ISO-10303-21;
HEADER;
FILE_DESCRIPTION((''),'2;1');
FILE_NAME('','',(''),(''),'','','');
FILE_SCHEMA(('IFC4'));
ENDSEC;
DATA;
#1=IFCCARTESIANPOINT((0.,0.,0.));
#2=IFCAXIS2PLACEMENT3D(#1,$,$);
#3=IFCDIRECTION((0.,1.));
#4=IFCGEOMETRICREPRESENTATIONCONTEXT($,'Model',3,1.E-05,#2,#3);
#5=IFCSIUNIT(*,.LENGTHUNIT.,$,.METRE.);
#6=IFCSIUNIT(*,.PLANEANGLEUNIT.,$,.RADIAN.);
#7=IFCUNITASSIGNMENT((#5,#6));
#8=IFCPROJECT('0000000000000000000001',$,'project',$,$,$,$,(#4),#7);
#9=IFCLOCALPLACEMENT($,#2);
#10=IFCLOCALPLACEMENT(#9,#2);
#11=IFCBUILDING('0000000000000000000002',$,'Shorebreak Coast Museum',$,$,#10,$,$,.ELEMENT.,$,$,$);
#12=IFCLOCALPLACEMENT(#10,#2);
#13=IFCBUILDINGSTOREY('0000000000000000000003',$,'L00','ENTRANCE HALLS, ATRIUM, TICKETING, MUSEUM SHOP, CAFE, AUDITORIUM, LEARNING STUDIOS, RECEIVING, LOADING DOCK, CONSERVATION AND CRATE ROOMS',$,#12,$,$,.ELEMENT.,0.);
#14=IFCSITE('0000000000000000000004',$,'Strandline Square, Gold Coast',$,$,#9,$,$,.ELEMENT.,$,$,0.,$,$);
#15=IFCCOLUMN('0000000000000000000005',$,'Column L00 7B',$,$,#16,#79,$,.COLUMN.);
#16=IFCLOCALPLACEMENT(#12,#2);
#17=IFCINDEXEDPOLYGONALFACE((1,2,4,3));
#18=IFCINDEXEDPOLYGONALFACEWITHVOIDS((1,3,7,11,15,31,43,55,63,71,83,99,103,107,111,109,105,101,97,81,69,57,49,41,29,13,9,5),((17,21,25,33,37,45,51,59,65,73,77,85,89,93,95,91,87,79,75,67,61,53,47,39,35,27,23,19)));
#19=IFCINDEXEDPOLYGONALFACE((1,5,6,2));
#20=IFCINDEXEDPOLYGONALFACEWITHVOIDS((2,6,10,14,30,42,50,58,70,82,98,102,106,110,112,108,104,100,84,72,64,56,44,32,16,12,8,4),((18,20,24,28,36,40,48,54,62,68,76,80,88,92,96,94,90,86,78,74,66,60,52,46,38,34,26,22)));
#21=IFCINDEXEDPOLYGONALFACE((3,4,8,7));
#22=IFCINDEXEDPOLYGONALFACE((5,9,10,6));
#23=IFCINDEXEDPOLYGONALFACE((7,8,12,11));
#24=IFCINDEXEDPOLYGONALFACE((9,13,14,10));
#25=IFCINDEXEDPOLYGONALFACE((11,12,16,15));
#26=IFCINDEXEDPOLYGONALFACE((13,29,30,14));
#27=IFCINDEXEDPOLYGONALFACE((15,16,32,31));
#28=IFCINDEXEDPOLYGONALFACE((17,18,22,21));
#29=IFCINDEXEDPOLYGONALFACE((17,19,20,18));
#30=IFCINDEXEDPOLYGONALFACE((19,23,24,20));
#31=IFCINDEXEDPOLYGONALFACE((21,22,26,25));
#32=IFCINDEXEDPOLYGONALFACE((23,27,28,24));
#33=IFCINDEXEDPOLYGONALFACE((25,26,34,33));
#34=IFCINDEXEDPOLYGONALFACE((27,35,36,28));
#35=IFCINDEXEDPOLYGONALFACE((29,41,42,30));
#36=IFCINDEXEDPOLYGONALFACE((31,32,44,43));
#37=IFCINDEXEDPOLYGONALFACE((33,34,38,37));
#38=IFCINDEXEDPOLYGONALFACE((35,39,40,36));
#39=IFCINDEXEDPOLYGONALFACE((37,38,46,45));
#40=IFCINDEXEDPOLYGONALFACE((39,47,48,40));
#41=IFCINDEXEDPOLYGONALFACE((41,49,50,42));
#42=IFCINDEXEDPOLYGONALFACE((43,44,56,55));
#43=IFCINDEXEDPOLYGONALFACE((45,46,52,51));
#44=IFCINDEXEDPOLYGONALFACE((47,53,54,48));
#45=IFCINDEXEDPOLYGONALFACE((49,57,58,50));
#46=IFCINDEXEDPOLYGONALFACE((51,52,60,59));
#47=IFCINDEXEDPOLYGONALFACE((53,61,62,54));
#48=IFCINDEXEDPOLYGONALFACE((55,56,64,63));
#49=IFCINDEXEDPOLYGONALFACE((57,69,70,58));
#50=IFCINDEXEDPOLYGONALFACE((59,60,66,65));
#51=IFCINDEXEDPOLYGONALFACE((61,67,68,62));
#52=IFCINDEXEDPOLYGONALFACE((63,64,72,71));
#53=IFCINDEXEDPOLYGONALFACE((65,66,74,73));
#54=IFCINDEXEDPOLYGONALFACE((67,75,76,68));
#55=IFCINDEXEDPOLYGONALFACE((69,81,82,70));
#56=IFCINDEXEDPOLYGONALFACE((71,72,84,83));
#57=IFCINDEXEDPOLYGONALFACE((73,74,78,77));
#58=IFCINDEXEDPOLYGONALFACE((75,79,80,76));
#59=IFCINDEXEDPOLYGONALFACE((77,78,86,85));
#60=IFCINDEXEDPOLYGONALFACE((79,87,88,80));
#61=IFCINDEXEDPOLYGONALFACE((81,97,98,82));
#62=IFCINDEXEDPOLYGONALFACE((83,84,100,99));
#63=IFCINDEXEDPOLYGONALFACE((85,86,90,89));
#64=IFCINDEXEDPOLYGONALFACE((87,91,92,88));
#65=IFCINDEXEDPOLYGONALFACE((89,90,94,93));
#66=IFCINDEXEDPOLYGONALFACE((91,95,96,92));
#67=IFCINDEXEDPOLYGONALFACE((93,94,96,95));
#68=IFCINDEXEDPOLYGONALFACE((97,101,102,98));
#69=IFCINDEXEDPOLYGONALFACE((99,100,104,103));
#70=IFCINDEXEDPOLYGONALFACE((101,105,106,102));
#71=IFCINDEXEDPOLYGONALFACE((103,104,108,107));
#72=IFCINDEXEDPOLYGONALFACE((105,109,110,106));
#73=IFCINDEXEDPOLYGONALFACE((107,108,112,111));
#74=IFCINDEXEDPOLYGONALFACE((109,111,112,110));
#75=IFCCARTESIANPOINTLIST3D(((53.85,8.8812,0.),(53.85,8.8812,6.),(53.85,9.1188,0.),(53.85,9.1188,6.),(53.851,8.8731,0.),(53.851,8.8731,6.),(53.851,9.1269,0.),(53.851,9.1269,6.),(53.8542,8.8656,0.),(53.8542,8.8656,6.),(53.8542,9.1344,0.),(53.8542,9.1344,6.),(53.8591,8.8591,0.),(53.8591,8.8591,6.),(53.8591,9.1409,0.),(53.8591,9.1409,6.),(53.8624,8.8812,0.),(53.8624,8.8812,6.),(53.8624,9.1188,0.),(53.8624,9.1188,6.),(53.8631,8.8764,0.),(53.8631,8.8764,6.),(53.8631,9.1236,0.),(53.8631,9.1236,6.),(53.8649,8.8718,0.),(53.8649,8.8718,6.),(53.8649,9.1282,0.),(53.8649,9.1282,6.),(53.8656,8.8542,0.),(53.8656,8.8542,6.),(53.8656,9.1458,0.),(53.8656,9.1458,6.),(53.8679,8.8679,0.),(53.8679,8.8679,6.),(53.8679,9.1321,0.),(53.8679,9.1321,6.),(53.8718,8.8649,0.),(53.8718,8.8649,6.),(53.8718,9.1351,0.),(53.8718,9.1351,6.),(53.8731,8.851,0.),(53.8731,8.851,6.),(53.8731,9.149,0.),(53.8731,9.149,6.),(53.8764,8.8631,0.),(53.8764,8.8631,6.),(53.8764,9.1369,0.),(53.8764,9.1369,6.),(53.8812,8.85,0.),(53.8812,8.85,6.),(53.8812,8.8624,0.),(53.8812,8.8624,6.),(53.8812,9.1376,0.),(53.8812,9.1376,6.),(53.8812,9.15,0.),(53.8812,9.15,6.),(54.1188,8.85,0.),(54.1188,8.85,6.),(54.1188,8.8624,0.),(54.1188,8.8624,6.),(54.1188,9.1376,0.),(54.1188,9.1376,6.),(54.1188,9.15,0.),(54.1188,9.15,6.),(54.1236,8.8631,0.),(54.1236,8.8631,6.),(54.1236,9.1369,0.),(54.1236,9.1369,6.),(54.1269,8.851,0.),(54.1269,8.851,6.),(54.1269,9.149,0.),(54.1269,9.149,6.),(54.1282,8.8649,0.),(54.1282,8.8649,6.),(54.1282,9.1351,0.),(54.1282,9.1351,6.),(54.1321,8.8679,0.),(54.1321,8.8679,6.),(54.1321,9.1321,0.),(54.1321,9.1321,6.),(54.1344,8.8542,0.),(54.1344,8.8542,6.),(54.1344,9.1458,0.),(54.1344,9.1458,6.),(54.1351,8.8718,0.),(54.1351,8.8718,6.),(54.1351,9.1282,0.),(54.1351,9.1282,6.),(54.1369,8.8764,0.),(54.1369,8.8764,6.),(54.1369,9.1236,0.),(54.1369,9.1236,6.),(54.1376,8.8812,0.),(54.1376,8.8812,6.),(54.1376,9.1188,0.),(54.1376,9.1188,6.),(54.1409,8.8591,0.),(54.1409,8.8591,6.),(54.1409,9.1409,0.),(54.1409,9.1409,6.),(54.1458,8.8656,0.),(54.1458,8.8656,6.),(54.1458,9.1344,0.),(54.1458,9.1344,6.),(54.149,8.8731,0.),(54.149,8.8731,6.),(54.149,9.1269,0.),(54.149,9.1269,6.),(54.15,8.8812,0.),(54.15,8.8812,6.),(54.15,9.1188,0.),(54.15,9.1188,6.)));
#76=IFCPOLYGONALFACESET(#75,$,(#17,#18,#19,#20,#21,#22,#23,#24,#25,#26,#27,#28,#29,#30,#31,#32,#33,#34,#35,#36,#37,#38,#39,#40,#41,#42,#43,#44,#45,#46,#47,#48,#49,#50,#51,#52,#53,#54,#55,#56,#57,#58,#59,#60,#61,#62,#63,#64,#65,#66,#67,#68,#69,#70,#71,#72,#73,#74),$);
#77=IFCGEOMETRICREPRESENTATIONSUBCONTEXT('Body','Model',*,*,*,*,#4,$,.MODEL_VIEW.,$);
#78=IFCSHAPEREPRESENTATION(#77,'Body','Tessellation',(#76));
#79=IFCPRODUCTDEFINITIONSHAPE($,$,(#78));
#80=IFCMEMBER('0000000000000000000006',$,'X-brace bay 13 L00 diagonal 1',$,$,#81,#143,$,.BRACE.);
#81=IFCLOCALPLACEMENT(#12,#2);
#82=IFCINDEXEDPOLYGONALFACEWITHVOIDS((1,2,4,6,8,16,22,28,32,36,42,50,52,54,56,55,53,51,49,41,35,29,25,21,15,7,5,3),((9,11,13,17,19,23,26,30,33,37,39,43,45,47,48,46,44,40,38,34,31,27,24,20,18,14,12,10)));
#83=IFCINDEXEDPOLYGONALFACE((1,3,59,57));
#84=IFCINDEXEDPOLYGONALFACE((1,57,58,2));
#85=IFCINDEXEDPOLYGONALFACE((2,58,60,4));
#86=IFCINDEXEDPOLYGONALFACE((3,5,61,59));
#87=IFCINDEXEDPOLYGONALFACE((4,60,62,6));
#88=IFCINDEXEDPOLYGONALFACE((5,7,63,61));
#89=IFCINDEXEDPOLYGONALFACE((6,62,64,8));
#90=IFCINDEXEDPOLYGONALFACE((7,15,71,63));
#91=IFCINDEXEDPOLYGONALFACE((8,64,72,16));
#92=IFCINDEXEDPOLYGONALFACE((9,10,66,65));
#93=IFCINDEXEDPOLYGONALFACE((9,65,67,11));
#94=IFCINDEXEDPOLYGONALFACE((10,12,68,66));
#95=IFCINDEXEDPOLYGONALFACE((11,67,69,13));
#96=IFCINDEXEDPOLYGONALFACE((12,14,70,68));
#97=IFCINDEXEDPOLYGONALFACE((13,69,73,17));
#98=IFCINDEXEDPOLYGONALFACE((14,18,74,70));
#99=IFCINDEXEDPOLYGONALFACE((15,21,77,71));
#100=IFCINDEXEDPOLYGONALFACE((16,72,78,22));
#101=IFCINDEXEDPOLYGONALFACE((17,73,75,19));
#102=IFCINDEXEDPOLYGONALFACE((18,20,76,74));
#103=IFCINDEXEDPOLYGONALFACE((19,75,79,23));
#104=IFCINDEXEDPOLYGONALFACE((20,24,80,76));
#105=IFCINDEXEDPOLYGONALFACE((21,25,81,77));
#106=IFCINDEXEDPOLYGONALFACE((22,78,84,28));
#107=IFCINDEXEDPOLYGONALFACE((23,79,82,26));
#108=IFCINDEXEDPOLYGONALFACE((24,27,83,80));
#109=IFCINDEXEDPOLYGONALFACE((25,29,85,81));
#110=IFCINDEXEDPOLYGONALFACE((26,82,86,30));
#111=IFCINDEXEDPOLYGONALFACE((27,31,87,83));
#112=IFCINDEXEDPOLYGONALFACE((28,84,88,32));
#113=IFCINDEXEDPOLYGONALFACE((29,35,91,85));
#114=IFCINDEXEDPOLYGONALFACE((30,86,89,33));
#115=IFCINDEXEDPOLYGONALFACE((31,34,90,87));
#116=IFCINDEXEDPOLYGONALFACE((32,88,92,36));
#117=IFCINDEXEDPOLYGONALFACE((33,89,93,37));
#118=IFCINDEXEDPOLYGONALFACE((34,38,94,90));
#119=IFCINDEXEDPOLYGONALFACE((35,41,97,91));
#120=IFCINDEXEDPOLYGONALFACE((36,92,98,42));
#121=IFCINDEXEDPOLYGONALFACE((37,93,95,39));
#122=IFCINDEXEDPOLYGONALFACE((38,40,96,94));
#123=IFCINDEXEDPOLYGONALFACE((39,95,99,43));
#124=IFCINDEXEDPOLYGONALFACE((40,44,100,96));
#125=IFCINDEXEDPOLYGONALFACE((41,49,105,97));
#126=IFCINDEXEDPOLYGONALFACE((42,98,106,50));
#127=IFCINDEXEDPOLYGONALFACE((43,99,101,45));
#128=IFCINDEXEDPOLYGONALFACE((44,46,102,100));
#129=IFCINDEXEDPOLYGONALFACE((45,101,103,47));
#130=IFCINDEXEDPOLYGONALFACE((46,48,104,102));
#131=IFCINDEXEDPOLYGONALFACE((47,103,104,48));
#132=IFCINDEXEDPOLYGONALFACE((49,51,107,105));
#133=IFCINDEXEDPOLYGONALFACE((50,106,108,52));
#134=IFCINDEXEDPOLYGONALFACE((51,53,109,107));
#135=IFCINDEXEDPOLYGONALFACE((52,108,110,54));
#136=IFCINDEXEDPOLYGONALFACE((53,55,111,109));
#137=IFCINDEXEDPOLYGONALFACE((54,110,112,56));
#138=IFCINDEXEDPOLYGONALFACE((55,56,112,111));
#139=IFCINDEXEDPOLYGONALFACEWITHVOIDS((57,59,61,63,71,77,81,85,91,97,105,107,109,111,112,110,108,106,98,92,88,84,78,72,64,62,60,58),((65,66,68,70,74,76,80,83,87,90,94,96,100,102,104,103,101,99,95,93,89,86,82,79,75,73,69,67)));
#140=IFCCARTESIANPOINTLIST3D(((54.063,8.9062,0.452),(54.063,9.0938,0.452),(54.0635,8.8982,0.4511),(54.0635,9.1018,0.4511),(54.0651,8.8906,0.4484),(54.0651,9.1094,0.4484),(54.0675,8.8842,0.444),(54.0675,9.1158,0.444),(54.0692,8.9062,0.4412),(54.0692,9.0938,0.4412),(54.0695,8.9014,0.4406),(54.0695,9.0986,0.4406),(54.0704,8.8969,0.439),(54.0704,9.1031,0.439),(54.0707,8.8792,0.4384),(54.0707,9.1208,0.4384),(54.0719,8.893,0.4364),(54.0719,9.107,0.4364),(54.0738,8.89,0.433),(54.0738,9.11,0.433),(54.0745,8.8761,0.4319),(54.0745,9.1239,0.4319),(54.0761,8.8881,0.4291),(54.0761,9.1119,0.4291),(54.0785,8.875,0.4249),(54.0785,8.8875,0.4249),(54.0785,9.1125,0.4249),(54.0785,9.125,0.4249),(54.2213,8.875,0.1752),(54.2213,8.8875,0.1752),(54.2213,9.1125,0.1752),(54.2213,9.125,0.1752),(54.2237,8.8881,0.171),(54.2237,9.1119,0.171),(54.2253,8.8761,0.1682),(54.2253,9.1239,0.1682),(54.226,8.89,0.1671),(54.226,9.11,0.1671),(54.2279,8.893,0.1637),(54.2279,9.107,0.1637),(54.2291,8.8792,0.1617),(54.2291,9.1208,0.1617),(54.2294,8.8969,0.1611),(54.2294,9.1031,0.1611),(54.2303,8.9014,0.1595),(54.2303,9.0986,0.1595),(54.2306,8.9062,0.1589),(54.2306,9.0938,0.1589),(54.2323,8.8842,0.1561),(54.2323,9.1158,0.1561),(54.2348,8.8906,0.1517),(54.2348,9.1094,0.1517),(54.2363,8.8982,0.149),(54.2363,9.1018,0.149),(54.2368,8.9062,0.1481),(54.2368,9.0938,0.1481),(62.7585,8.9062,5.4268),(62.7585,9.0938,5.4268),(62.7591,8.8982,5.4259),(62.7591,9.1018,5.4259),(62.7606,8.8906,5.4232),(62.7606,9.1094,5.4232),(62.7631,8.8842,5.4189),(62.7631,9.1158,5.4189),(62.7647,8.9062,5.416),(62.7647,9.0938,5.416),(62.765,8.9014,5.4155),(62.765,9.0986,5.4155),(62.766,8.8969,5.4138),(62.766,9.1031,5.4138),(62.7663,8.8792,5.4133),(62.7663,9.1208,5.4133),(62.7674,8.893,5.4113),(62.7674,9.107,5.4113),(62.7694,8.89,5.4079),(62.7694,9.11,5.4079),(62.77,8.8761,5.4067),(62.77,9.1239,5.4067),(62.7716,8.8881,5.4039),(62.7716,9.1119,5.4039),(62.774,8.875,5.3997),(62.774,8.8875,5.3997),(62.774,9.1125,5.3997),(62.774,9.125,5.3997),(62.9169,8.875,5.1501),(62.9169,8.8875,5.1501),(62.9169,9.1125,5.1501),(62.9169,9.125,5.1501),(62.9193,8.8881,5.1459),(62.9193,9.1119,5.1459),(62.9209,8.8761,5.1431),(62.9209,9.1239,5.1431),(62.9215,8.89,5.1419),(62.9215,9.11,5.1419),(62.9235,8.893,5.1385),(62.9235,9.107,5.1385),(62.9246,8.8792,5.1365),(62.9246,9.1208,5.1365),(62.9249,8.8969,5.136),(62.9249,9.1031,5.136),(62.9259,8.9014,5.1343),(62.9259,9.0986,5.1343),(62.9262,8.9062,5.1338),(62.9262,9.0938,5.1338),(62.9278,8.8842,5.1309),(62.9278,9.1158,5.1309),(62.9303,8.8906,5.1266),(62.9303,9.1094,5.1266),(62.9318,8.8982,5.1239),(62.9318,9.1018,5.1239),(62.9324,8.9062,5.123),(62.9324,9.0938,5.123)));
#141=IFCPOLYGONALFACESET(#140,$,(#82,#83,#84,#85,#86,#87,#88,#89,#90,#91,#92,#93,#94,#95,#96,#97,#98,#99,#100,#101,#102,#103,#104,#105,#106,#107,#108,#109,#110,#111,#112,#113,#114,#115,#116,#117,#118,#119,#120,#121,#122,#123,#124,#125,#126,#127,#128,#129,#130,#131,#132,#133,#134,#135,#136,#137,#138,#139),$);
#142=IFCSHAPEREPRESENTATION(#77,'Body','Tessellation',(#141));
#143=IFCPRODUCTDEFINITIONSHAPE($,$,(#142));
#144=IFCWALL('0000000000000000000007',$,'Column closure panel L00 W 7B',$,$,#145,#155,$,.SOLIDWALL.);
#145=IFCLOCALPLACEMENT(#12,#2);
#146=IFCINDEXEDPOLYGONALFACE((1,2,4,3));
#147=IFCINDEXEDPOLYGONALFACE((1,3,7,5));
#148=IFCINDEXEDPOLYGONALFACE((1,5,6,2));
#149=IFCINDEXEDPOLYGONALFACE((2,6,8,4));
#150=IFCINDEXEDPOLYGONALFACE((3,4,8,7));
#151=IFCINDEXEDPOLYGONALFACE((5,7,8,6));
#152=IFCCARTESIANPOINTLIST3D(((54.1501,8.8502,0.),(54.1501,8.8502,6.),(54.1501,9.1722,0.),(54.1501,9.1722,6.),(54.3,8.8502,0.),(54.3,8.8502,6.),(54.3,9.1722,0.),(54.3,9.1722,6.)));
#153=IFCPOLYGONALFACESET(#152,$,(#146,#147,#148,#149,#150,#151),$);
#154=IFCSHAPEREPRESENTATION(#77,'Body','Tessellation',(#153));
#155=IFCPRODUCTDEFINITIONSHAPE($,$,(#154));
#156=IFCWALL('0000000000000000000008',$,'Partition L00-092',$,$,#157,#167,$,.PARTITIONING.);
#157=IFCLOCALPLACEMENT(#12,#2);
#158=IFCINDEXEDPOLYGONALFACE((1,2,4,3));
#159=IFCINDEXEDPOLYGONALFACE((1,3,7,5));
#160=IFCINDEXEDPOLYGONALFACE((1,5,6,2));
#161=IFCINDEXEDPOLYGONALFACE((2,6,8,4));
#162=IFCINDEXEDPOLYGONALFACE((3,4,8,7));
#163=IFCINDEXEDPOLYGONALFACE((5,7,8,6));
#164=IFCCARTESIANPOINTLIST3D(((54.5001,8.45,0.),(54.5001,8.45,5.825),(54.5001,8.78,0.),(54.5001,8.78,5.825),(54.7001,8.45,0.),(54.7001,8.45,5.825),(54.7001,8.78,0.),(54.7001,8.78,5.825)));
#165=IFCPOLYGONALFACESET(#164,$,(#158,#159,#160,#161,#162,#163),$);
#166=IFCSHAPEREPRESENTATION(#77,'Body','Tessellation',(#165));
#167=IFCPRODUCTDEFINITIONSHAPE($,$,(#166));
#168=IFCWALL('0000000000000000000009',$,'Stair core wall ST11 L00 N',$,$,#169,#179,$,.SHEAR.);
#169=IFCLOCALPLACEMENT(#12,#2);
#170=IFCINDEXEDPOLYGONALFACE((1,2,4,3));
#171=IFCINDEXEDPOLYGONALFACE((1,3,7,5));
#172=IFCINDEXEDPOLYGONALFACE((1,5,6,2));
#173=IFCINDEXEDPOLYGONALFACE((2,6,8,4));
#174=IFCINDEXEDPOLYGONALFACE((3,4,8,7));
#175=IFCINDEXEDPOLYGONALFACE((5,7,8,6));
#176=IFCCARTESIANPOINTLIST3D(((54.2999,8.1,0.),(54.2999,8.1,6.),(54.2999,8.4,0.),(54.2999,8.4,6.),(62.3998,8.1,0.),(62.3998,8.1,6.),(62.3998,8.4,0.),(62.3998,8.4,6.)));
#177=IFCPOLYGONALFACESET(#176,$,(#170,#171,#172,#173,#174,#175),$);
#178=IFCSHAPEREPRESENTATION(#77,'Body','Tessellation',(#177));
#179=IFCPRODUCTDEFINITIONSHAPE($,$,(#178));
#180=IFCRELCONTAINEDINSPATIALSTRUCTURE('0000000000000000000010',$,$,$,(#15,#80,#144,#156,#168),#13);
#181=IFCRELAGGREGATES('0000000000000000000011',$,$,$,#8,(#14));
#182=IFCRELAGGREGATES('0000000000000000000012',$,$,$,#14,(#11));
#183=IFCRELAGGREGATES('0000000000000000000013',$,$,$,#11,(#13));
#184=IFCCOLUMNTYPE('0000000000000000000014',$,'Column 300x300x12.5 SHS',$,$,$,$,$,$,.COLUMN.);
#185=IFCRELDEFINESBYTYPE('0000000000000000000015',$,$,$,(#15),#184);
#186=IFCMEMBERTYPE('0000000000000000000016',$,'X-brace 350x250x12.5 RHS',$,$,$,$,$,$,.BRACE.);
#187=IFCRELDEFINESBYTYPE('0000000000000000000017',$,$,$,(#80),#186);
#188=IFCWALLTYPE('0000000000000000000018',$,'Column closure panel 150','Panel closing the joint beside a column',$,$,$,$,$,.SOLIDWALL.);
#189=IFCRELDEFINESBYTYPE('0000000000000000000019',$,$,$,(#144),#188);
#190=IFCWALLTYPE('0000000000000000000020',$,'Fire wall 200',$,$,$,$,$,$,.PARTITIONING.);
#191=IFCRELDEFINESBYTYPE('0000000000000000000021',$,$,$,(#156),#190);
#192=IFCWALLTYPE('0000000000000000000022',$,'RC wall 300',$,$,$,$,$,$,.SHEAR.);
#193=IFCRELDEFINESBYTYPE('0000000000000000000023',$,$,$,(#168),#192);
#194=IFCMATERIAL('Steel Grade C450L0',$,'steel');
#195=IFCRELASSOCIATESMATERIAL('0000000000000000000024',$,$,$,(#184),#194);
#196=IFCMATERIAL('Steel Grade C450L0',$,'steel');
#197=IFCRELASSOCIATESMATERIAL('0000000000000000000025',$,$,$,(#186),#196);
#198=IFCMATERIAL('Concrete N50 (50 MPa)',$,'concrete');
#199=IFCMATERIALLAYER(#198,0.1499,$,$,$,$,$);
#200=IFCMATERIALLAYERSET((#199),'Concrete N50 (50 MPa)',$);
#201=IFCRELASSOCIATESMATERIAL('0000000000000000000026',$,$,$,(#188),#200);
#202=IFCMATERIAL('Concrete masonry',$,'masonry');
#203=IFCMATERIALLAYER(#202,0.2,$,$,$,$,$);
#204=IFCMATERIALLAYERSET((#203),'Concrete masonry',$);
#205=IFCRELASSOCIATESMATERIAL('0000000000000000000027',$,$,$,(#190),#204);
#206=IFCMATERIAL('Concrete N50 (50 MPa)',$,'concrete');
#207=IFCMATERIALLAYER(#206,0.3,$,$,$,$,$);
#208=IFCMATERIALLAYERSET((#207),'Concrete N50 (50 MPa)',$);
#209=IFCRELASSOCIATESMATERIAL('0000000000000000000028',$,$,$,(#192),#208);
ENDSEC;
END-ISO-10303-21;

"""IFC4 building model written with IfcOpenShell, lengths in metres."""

from ifc_helpers import new_model, si_unit, direction, frame, frame_2d, origin, origin_2d, place, context, subcontext, project, spatial, rectangle, hollow_rectangle, extrude, material, layer, layer_set, material_profile, profile_set, type_object, element, save


model = new_model("IFC4")

# Units and contexts
model_context = context("Model", 3, precision=1e-05, world=origin(), true_north=direction((0.0, 1.0)))
body_context = subcontext(model_context, "Body", "Model", "MODEL_VIEW")
ifc_project = project(units=[si_unit("LENGTHUNIT", "METRE"), si_unit("PLANEANGLEUNIT", "RADIAN")], contexts=[model_context])

# Site, building, storey
site_placement = place(None, origin())
site = spatial("IfcSite", under=ifc_project, at=site_placement, Name="Strandline Square, Gold Coast", CompositionType="ELEMENT", RefElevation=0.0)
building_placement = place(site_placement, origin())
building = spatial("IfcBuilding", under=site, at=building_placement, Name="Shorebreak Coast Museum", CompositionType="ELEMENT")
storey_placement = place(building_placement, origin())
storey = spatial("IfcBuildingStorey", under=building, at=storey_placement, Name="L00", Description="ENTRANCE HALLS, ATRIUM, TICKETING, MUSEUM SHOP, CAFE, AUDITORIUM, LEARNING STUDIOS, RECEIVING, LOADING DOCK, CONSERVATION AND CRATE ROOMS", CompositionType="ELEMENT", Elevation=0.0)

# Column
ifc_material_1 = material(Name="Steel Grade C450L0", Category="steel")
ifc_material_profile_1 = material_profile(ifc_material_1, hollow_rectangle(XDim=0.3, YDim=0.3, WallThickness=0.0125, InnerFilletRadius=0.0188, OuterFilletRadius=0.0312, at=origin_2d()), Name="300x300x12.5 SHS")
ifc_profile_set_1 = profile_set([ifc_material_profile_1], Name="Steel Grade C450L0")
column_type = type_object("IfcColumnType", Name="Column 300x300x12.5 SHS", PredefinedType="COLUMN", material=ifc_profile_set_1)
column_placement = place(storey_placement, frame((54.0, 9.0, 0.0), z_axis=(0.0, 0.0, 1.0), x_axis=(1.0, 0.0, 0.0)))
element("IfcColumn", 1, at=column_placement, inside=storey, type_object=column_type, Name="Column L00 7B", PredefinedType="COLUMN", context=body_context, shape_type="SweptSolid", body=[
    extrude(hollow_rectangle(XDim=0.3, YDim=0.3, WallThickness=0.0125, InnerFilletRadius=0.0188, OuterFilletRadius=0.0312, at=origin_2d()), origin(), (0.0, 0.0, 1.0), 6.0),
])

# Member
ifc_material_2 = material(Name="Steel Grade C450L0", Category="steel")
ifc_material_profile_2 = material_profile(ifc_material_2, hollow_rectangle(XDim=0.25, YDim=0.3501, WallThickness=0.0125, InnerFilletRadius=0.0188, OuterFilletRadius=0.0312, at=origin_2d()), Name="350x250x12.5 RHS")
ifc_profile_set_2 = profile_set([ifc_material_profile_2], Name="Steel Grade C450L0")
member_type = type_object("IfcMemberType", Name="X-brace 350x250x12.5 RHS", PredefinedType="BRACE", material=ifc_profile_set_2)
member_placement = place(storey_placement, frame((54.1499, 9.0, 0.3), z_axis=(0.867987, 0.0, 0.496588), x_axis=(0.0, 1.0, 0.0)))
element("IfcMember", 2, at=member_placement, inside=storey, type_object=member_type, Name="X-brace bay 13 L00 diagonal 1", PredefinedType="BRACE", context=body_context, shape_type="SweptSolid", body=[
    extrude(hollow_rectangle(XDim=0.25, YDim=0.3501, WallThickness=0.0125, InnerFilletRadius=0.0188, OuterFilletRadius=0.0312, at=origin_2d()), origin(), (0.0, 0.0, 1.0), 10.0181),
])

# Walls
ifc_material_3 = material(Name="Concrete N50 (50 MPa)", Category="concrete")
ifc_layer_1 = layer(ifc_material_3, 0.1499)
ifc_layer_set_1 = layer_set([ifc_layer_1], Name="Concrete N50 (50 MPa)")
wall_type_1 = type_object("IfcWallType", Name="Column closure panel 150", Description="Panel closing the joint beside a column", PredefinedType="SOLIDWALL", material=ifc_layer_set_1)
wall_1_placement = place(storey_placement, frame((54.2251, 8.8501, 0.0), z_axis=(0.0, 0.0, 1.0), x_axis=(0.0, 1.0, 0.0)))
element("IfcWall", 3, at=wall_1_placement, inside=storey, type_object=wall_type_1, Name="Column closure panel L00 W 7B", PredefinedType="SOLIDWALL", context=body_context, shape_type="SweptSolid", body=[
    extrude(rectangle(XDim=0.322, YDim=0.1499, at=frame_2d((0.1611, 0.0))), origin(), (0.0, 0.0, 1.0), 6.0),
])
ifc_material_4 = material(Name="Concrete masonry", Category="masonry")
ifc_layer_2 = layer(ifc_material_4, 0.2)
ifc_layer_set_2 = layer_set([ifc_layer_2], Name="Concrete masonry")
wall_type_2 = type_object("IfcWallType", Name="Fire wall 200", PredefinedType="PARTITIONING", material=ifc_layer_set_2)
wall_2_placement = place(storey_placement, frame((54.6001, 8.45, 0.0), z_axis=(0.0, 0.0, 1.0), x_axis=(0.0, 1.0, 0.0)))
element("IfcWall", 4, at=wall_2_placement, inside=storey, type_object=wall_type_2, Name="Partition L00-092", PredefinedType="PARTITIONING", context=body_context, shape_type="SweptSolid", body=[
    extrude(rectangle(XDim=0.3301, YDim=0.2, at=frame_2d((0.165, 0.0))), origin(), (0.0, 0.0, 1.0), 5.825),
])

# Wall
ifc_material_5 = material(Name="Concrete N50 (50 MPa)", Category="concrete")
ifc_layer_3 = layer(ifc_material_5, 0.3)
ifc_layer_set_3 = layer_set([ifc_layer_3], Name="Concrete N50 (50 MPa)")
wall_type_3 = type_object("IfcWallType", Name="RC wall 300", PredefinedType="SHEAR", material=ifc_layer_set_3)
wall_3_placement = place(storey_placement, frame((54.3, 8.25, 0.0), z_axis=(0.0, 0.0, 1.0), x_axis=(1.0, 0.0, 0.0)))
element("IfcWall", 5, at=wall_3_placement, inside=storey, type_object=wall_type_3, Name="Stair core wall ST11 L00 N", PredefinedType="SHEAR", context=body_context, shape_type="SweptSolid", body=[
    extrude(rectangle(XDim=8.0999, YDim=0.3, at=frame_2d((4.0498, 0.0))), origin(), (0.0, 0.0, 1.0), 6.0),
])

save(model, "model.ifc")
